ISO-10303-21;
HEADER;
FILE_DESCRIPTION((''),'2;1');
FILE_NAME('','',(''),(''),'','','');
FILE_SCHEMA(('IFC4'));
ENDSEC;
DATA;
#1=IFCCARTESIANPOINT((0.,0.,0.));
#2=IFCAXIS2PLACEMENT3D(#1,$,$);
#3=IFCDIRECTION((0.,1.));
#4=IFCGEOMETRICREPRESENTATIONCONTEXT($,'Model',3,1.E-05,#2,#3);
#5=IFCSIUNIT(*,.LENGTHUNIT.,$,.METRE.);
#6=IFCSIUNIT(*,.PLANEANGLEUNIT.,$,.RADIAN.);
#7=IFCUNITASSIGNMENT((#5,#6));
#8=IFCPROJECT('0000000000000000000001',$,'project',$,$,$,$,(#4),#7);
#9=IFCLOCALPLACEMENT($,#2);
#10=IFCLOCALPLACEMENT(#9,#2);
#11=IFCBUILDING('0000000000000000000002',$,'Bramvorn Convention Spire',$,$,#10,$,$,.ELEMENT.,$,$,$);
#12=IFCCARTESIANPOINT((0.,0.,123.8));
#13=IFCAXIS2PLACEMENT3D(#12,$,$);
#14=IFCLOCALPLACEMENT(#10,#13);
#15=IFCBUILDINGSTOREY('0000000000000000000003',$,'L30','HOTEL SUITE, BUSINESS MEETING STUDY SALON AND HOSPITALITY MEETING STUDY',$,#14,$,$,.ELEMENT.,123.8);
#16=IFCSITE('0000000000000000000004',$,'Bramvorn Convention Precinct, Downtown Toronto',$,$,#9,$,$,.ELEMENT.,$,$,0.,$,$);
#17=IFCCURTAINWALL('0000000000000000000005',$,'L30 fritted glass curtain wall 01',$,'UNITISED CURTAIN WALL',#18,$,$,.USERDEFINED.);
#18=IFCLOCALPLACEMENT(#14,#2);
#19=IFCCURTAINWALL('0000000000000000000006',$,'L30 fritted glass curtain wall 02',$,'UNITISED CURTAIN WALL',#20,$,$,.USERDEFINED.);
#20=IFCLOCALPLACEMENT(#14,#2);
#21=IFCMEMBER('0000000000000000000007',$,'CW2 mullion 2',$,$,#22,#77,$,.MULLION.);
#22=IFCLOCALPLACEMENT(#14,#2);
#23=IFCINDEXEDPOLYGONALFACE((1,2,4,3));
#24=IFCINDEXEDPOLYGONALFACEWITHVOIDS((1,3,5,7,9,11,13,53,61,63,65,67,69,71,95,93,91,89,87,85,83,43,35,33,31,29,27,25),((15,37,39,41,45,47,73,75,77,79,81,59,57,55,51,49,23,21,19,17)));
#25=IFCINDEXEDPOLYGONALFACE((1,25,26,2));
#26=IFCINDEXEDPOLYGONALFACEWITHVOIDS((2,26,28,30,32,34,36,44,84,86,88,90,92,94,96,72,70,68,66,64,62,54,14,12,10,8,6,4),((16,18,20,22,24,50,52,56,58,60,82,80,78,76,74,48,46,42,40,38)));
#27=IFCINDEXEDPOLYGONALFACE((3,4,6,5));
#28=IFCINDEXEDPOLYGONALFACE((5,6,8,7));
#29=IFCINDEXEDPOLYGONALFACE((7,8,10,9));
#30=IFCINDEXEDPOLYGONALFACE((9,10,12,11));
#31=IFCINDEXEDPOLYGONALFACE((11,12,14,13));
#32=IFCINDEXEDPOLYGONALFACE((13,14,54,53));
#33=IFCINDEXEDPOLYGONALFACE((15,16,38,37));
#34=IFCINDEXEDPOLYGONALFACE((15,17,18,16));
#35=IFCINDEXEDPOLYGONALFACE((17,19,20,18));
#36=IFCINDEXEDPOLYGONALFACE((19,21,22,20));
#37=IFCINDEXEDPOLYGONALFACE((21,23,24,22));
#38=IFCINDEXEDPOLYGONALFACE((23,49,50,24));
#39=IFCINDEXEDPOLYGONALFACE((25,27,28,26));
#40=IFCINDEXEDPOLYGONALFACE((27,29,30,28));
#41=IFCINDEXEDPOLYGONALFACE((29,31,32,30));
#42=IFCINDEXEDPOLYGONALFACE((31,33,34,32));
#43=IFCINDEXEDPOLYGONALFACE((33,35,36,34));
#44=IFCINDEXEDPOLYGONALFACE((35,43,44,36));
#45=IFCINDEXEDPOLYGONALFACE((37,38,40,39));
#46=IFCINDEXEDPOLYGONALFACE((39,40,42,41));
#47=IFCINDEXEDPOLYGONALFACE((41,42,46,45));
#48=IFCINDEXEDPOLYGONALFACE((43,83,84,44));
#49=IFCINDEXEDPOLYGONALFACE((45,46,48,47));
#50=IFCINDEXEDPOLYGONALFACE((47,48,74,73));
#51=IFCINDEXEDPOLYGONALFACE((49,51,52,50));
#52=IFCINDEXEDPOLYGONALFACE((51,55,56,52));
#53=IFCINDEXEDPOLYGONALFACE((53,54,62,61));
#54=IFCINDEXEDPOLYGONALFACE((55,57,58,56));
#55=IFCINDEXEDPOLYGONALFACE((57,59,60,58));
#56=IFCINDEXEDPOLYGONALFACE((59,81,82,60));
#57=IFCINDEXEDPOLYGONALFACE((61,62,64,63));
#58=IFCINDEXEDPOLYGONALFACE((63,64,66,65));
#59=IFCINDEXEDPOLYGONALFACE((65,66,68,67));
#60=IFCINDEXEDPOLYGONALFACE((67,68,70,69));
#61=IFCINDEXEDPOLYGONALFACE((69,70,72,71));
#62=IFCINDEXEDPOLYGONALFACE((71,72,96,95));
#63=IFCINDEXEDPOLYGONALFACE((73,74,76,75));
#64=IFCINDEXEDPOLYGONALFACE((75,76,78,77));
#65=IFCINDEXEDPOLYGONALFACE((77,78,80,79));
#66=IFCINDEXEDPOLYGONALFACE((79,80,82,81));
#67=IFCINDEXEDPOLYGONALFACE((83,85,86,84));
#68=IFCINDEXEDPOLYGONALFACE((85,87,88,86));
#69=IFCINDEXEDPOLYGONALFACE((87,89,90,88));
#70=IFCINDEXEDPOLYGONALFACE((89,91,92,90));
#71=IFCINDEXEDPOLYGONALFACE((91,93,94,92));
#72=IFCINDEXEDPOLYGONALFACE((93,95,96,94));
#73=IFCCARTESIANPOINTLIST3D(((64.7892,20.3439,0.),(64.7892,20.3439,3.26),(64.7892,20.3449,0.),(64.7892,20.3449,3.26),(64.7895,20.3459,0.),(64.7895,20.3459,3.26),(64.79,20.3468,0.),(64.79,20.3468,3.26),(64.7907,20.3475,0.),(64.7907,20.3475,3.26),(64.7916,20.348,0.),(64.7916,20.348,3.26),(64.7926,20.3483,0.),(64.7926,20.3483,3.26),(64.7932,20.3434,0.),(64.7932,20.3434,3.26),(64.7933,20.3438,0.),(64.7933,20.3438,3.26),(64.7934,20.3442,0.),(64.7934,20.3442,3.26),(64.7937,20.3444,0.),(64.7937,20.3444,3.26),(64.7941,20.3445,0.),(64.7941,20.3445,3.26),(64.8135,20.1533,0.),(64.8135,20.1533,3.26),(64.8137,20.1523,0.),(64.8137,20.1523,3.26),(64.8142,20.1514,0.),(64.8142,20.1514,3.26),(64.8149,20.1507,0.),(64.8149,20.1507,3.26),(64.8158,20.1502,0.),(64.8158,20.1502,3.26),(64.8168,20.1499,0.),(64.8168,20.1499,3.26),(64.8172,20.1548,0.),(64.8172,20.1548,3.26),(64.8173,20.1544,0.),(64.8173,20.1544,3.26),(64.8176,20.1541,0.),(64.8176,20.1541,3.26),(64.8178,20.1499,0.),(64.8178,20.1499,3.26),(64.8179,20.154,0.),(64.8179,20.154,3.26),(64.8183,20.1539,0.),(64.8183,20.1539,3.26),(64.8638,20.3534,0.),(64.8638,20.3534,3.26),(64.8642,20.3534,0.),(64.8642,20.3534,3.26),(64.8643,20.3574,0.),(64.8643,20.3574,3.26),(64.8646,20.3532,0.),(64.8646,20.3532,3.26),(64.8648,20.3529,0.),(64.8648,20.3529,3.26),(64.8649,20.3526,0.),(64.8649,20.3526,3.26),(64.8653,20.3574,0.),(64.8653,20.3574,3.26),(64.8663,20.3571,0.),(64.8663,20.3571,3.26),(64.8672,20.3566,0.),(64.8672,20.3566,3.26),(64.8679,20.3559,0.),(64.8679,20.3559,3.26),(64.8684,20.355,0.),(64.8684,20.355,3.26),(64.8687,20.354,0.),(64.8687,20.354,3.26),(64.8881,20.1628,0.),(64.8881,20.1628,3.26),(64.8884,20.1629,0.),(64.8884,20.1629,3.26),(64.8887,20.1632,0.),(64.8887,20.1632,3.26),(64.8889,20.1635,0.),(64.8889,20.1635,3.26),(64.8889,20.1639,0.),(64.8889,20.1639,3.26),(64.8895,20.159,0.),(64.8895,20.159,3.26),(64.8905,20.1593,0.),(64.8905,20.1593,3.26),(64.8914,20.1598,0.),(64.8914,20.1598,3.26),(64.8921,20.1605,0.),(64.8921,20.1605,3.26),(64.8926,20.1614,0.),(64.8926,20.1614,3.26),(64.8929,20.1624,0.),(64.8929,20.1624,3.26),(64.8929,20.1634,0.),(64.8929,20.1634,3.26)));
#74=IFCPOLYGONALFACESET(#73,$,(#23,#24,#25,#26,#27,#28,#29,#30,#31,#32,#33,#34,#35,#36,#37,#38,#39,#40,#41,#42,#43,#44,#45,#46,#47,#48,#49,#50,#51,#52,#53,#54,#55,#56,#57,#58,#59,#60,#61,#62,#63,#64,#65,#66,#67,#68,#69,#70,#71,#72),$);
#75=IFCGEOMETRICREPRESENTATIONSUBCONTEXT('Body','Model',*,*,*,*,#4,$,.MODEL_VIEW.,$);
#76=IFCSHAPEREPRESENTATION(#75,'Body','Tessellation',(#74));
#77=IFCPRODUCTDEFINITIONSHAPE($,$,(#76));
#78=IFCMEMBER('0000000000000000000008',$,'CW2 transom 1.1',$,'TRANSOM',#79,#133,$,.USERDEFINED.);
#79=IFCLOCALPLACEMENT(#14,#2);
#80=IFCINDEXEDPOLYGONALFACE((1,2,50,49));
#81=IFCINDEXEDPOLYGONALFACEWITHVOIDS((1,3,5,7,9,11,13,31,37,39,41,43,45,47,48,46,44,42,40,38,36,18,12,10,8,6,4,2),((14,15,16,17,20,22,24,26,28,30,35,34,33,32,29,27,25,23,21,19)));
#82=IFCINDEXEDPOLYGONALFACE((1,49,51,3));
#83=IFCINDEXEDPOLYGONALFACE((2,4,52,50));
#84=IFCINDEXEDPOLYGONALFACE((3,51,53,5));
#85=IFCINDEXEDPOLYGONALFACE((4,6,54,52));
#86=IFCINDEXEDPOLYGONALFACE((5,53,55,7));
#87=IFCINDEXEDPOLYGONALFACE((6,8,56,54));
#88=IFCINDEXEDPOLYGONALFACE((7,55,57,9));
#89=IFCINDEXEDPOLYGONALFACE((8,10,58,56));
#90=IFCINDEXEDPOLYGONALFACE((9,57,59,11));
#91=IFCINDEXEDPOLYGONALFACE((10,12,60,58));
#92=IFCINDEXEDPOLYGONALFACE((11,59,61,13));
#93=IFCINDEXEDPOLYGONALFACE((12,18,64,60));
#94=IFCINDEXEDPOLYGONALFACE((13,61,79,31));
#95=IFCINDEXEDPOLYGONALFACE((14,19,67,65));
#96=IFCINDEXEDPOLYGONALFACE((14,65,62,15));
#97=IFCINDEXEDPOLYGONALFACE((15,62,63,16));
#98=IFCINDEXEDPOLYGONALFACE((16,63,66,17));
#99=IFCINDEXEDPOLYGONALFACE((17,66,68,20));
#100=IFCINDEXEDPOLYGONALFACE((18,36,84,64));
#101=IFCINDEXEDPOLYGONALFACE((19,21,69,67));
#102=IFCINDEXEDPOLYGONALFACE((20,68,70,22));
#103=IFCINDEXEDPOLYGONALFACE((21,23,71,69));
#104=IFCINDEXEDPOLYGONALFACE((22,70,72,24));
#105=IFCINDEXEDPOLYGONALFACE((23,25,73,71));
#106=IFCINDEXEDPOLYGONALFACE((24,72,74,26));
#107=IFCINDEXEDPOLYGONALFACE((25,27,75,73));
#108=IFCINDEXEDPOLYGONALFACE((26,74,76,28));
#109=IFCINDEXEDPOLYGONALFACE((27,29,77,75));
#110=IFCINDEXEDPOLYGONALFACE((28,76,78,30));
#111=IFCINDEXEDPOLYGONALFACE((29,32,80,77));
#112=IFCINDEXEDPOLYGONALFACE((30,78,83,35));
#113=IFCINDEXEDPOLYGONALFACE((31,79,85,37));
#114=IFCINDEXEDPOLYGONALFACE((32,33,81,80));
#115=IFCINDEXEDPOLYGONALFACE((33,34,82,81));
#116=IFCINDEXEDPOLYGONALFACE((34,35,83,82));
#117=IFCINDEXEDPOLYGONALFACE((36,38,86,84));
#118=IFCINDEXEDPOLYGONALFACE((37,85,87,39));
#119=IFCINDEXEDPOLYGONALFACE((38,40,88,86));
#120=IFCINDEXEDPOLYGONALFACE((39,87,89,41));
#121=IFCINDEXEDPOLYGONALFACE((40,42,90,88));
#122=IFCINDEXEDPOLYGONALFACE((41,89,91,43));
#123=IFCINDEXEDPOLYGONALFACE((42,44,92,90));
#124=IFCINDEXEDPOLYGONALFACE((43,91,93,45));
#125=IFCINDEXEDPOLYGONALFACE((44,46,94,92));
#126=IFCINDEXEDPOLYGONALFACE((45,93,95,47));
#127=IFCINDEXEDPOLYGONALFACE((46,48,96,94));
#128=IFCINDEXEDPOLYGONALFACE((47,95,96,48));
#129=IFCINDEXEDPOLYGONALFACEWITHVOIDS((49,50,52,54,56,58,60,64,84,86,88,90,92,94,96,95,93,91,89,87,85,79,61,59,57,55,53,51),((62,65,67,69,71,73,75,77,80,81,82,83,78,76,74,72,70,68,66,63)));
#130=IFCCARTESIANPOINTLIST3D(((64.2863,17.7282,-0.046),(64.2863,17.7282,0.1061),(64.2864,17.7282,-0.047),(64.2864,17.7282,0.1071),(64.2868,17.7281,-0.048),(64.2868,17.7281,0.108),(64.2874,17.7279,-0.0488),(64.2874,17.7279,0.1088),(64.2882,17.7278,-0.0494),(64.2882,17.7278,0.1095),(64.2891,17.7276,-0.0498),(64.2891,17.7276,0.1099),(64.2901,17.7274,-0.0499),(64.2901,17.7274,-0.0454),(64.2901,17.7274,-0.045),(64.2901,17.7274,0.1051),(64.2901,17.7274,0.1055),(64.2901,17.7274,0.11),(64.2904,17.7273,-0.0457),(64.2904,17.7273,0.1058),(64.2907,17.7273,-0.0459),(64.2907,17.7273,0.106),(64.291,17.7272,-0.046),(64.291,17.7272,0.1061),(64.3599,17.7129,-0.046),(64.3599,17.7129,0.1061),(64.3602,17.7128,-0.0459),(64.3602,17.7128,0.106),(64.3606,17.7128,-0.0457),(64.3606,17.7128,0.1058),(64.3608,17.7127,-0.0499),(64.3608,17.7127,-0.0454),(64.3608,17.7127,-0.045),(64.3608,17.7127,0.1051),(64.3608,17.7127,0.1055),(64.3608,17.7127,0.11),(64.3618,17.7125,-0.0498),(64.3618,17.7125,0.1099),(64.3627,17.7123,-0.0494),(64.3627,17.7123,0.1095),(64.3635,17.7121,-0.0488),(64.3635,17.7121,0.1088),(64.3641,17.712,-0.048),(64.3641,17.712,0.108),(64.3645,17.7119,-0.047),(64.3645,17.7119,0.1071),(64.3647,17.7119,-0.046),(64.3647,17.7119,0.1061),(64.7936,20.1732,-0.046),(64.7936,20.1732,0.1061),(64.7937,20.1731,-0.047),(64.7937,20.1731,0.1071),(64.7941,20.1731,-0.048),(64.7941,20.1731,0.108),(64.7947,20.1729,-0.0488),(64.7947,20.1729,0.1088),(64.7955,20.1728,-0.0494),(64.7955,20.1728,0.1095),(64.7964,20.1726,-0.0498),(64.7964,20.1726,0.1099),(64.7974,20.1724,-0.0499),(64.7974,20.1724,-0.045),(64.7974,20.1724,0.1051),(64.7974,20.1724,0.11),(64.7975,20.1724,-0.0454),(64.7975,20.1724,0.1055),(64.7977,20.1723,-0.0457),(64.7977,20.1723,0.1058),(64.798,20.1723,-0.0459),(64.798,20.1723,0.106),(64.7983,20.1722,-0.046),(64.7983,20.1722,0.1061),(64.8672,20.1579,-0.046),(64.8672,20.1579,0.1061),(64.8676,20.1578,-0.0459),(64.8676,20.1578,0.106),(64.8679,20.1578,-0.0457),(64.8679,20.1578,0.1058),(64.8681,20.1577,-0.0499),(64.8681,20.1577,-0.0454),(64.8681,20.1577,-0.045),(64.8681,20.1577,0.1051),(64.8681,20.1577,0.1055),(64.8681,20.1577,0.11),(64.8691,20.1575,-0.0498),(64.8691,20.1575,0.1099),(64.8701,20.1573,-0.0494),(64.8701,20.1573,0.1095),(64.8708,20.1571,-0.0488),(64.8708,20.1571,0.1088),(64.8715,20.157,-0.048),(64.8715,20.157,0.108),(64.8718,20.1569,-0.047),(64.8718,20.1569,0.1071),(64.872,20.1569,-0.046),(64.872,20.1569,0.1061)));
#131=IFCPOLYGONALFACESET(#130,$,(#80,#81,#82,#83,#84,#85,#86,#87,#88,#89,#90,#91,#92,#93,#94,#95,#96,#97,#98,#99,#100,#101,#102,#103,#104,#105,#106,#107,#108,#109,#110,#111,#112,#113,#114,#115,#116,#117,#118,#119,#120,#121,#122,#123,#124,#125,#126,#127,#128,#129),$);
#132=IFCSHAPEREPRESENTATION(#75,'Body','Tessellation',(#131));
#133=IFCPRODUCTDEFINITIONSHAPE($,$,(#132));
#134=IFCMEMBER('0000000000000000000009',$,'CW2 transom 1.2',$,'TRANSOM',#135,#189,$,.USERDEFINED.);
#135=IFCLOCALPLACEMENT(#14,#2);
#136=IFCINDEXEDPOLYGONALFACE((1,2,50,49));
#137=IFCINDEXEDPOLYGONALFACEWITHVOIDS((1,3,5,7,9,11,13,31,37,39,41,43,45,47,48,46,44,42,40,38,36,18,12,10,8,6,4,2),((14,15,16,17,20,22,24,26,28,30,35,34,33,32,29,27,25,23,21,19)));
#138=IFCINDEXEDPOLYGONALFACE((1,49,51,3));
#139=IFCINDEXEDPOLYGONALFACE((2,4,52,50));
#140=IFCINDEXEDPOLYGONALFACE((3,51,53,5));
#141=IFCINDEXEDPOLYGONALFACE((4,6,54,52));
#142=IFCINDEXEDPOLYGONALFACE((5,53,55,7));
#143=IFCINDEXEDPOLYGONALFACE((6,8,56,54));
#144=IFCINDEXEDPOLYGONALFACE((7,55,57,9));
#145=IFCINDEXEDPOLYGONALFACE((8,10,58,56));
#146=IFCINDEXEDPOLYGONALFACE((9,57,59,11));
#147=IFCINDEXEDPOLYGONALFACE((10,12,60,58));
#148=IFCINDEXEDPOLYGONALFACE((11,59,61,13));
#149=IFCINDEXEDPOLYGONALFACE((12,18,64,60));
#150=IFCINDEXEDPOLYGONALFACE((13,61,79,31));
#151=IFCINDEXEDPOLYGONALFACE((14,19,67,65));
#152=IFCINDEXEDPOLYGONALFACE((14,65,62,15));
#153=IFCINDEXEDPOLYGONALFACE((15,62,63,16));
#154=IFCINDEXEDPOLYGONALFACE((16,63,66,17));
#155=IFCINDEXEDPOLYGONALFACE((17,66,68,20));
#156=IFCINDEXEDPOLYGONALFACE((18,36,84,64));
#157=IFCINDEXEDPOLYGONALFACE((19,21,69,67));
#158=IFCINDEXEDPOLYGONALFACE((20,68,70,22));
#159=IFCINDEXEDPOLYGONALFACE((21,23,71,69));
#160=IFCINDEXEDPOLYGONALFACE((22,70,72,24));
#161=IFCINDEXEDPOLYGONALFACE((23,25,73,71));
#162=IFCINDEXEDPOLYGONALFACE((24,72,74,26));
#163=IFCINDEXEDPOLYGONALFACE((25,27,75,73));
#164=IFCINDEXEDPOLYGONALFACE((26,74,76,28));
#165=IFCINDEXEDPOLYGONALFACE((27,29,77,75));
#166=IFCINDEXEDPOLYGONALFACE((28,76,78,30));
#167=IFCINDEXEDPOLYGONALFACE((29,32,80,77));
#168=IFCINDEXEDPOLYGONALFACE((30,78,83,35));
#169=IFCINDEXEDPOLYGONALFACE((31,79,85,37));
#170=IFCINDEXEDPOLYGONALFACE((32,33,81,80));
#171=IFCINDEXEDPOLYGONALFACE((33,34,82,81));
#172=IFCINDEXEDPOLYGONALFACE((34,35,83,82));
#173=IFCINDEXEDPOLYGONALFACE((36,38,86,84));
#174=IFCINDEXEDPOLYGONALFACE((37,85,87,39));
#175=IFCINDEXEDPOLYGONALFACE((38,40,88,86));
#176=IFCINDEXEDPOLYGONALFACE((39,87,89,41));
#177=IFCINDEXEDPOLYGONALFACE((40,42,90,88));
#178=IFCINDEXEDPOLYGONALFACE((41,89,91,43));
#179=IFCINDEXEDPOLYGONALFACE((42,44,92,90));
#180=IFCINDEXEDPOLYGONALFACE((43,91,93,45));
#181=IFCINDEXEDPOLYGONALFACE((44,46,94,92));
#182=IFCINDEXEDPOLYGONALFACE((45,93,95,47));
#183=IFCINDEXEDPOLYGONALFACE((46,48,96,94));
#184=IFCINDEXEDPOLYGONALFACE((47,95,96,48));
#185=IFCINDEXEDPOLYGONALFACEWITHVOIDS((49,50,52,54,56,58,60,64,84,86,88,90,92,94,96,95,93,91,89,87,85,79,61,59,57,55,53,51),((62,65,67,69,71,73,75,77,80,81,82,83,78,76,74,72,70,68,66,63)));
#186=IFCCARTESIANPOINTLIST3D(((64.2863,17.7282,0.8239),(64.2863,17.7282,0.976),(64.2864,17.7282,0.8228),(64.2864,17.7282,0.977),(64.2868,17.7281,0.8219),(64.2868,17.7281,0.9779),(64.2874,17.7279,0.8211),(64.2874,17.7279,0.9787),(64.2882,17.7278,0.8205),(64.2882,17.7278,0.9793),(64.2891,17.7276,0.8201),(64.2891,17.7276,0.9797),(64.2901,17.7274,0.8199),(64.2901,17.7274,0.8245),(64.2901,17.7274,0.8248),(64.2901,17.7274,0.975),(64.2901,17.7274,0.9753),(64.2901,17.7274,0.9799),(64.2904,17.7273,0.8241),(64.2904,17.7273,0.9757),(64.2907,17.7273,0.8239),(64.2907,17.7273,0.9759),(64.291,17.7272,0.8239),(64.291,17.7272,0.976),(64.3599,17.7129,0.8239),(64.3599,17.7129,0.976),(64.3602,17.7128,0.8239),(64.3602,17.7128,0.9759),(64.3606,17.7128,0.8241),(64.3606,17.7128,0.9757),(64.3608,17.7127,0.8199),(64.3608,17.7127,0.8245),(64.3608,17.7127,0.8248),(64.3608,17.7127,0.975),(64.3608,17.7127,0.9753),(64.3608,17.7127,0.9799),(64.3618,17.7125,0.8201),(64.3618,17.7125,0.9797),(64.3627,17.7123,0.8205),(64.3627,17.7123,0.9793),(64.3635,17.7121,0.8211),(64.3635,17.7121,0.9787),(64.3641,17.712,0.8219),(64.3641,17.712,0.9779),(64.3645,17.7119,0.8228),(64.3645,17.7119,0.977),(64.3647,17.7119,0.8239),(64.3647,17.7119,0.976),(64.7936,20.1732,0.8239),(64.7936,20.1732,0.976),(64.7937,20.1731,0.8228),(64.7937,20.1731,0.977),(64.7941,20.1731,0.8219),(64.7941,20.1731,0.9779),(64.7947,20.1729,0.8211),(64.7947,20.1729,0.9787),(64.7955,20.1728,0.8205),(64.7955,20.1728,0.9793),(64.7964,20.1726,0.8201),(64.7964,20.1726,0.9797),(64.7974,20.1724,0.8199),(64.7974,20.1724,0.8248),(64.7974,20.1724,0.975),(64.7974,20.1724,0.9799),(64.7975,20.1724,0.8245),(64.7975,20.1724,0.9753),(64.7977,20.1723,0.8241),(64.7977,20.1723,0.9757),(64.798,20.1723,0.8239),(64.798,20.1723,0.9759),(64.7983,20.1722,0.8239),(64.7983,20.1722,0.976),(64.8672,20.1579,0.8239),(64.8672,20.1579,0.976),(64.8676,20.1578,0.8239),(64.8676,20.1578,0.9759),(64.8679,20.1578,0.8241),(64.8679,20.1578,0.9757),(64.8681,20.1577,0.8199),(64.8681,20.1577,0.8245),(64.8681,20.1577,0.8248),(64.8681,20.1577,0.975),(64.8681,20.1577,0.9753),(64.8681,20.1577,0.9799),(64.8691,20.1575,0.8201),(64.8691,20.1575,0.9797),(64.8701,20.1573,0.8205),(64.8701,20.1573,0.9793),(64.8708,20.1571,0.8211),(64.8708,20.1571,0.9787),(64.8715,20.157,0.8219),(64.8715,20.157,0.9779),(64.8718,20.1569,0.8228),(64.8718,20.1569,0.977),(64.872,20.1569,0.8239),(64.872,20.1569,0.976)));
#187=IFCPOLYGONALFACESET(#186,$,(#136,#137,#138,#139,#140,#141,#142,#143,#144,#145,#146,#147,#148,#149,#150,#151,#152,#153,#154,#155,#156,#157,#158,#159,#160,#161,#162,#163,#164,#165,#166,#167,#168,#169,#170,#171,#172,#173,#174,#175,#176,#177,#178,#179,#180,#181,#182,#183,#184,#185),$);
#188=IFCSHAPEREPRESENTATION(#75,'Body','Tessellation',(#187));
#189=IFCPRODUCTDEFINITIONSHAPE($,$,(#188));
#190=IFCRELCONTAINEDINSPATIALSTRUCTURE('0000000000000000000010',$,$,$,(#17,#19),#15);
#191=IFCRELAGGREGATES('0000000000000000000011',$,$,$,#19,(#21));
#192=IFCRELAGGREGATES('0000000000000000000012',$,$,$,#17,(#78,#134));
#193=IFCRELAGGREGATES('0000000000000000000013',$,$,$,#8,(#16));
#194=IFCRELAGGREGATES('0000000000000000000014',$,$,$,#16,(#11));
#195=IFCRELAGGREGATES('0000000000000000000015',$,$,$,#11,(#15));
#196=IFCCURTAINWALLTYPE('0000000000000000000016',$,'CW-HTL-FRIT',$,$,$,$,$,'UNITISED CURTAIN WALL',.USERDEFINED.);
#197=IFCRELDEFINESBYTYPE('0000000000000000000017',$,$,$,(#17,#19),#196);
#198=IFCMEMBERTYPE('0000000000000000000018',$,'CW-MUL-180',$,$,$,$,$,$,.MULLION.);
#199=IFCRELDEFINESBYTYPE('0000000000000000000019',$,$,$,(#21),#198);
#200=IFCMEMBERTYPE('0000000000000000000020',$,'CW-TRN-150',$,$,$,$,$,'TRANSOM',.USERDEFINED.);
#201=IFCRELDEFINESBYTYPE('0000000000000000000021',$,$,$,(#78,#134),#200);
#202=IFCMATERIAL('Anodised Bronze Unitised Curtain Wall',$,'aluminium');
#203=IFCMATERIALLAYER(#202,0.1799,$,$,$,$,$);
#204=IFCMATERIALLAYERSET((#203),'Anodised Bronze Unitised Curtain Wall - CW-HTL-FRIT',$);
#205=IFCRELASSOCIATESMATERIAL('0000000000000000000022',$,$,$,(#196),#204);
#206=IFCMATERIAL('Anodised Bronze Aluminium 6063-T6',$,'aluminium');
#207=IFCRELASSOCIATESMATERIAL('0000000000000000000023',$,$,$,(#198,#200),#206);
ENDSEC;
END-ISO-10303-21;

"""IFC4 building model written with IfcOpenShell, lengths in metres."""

from ifc_helpers import new_model, si_unit, direction, frame, origin, origin_2d, place, context, subcontext, project, spatial, hollow_rectangle, extrude, material, layer, layer_set, material_profile, profile_set, type_object, element, aggregate, save


model = new_model("IFC4")

# Units and contexts
model_context = context("Model", 3, precision=1e-05, world=origin(), true_north=direction((0.0, 1.0)))
body_context = subcontext(model_context, "Body", "Model", "MODEL_VIEW")
ifc_project = project(units=[si_unit("LENGTHUNIT", "METRE"), si_unit("PLANEANGLEUNIT", "RADIAN")], contexts=[model_context])

# Site, building, storey
site_placement = place(None, origin())
site = spatial("IfcSite", under=ifc_project, at=site_placement, Name="Bramvorn Convention Precinct, Downtown Toronto", CompositionType="ELEMENT", RefElevation=0.0)
building_placement = place(site_placement, origin())
building = spatial("IfcBuilding", under=site, at=building_placement, Name="Bramvorn Convention Spire", CompositionType="ELEMENT")
storey_placement = place(building_placement, frame((0.0, 0.0, 123.8)))
storey = spatial("IfcBuildingStorey", under=building, at=storey_placement, Name="L30", Description="HOTEL SUITE, BUSINESS MEETING STUDY SALON AND HOSPITALITY MEETING STUDY", CompositionType="ELEMENT", Elevation=123.8)

# Curtain wall
ifc_material_1 = material(Name="Anodised Bronze Unitised Curtain Wall", Category="aluminium")
ifc_layer_1 = layer(ifc_material_1, 0.1799)
ifc_layer_set_1 = layer_set([ifc_layer_1], Name="Anodised Bronze Unitised Curtain Wall - CW-HTL-FRIT")
curtain_wall_type = type_object("IfcCurtainWallType", Name="CW-HTL-FRIT", ElementType="UNITISED CURTAIN WALL", PredefinedType="USERDEFINED", material=ifc_layer_set_1)
curtain_wall_1_placement = place(storey_placement, origin())
curtain_wall_1 = element("IfcCurtainWall", 1, at=curtain_wall_1_placement, inside=storey, type_object=curtain_wall_type, Name="L30 fritted glass curtain wall 01", ObjectType="UNITISED CURTAIN WALL", PredefinedType="USERDEFINED")
ifc_material_2 = material(Name="Anodised Bronze Aluminium 6063-T6", Category="aluminium")
ifc_material_profile_1 = material_profile(ifc_material_2, hollow_rectangle(XDim=0.0801, YDim=0.2, WallThickness=0.0039, InnerFilletRadius=0.001, OuterFilletRadius=0.0039, at=origin_2d()))
ifc_profile_set_1 = profile_set([ifc_material_profile_1], Name="Anodised Bronze Aluminium 6063-T6 - CWM80X200")
member_type_1 = type_object("IfcMemberType", Name="CW-MUL-180", PredefinedType="MULLION", material=ifc_profile_set_1)

# Curtain wall, member
curtain_wall_2_placement = place(storey_placement, origin())
curtain_wall_2 = element("IfcCurtainWall", 2, at=curtain_wall_2_placement, inside=storey, type_object=curtain_wall_type, Name="L30 fritted glass curtain wall 02", ObjectType="UNITISED CURTAIN WALL", PredefinedType="USERDEFINED")
member_1_placement = place(storey_placement, frame((64.8411, 20.2537, 0.0), z_axis=(0.0, 0.0, 1.0), x_axis=(0.992023, 0.126059, 0.0)))
member_1 = element("IfcMember", 3, at=member_1_placement, type_object=member_type_1, Name="CW2 mullion 2", PredefinedType="MULLION", context=body_context, shape_type="SweptSolid", body=[
    extrude(hollow_rectangle(XDim=0.0801, YDim=0.2, WallThickness=0.0039, InnerFilletRadius=0.001, OuterFilletRadius=0.0039, at=origin_2d()), origin(), (0.0, 0.0, 1.0), 3.26),
])
aggregate(curtain_wall_2, [member_1])

# Members
ifc_material_profile_2 = material_profile(ifc_material_2, hollow_rectangle(XDim=0.0801, YDim=0.1599, WallThickness=0.0039, InnerFilletRadius=0.001, OuterFilletRadius=0.0039, at=origin_2d()))
ifc_profile_set_2 = profile_set([ifc_material_profile_2], Name="Anodised Bronze Aluminium 6063-T6 - CWT80X160")
member_type_2 = type_object("IfcMemberType", Name="CW-TRN-150", ElementType="TRANSOM", PredefinedType="USERDEFINED", material=ifc_profile_set_2)
member_2_placement = place(storey_placement, frame((64.8328, 20.165, 0.03), z_axis=(-0.203162, -0.979145, 0.0), x_axis=(0.979145, -0.203162, 0.0)))
member_2 = element("IfcMember", 4, at=member_2_placement, type_object=member_type_2, Name="CW2 transom 1.1", ObjectType="TRANSOM", PredefinedType="USERDEFINED", context=body_context, shape_type="SweptSolid", body=[
    extrude(hollow_rectangle(XDim=0.0801, YDim=0.1599, WallThickness=0.0039, InnerFilletRadius=0.001, OuterFilletRadius=0.0039, at=origin_2d()), origin(), (0.0, 0.0, 1.0), 2.4971),
])
member_3_placement = place(storey_placement, frame((64.8328, 20.165, 0.8999), z_axis=(-0.203162, -0.979145, 0.0), x_axis=(0.979145, -0.203162, 0.0)))
member_3 = element("IfcMember", 5, at=member_3_placement, type_object=member_type_2, Name="CW2 transom 1.2", ObjectType="TRANSOM", PredefinedType="USERDEFINED", context=body_context, shape_type="SweptSolid", body=[
    extrude(hollow_rectangle(XDim=0.0801, YDim=0.1599, WallThickness=0.0039, InnerFilletRadius=0.001, OuterFilletRadius=0.0039, at=origin_2d()), origin(), (0.0, 0.0, 1.0), 2.4971),
])

aggregate(curtain_wall_1, [member_2, member_3])

save(model, "model.ifc")
